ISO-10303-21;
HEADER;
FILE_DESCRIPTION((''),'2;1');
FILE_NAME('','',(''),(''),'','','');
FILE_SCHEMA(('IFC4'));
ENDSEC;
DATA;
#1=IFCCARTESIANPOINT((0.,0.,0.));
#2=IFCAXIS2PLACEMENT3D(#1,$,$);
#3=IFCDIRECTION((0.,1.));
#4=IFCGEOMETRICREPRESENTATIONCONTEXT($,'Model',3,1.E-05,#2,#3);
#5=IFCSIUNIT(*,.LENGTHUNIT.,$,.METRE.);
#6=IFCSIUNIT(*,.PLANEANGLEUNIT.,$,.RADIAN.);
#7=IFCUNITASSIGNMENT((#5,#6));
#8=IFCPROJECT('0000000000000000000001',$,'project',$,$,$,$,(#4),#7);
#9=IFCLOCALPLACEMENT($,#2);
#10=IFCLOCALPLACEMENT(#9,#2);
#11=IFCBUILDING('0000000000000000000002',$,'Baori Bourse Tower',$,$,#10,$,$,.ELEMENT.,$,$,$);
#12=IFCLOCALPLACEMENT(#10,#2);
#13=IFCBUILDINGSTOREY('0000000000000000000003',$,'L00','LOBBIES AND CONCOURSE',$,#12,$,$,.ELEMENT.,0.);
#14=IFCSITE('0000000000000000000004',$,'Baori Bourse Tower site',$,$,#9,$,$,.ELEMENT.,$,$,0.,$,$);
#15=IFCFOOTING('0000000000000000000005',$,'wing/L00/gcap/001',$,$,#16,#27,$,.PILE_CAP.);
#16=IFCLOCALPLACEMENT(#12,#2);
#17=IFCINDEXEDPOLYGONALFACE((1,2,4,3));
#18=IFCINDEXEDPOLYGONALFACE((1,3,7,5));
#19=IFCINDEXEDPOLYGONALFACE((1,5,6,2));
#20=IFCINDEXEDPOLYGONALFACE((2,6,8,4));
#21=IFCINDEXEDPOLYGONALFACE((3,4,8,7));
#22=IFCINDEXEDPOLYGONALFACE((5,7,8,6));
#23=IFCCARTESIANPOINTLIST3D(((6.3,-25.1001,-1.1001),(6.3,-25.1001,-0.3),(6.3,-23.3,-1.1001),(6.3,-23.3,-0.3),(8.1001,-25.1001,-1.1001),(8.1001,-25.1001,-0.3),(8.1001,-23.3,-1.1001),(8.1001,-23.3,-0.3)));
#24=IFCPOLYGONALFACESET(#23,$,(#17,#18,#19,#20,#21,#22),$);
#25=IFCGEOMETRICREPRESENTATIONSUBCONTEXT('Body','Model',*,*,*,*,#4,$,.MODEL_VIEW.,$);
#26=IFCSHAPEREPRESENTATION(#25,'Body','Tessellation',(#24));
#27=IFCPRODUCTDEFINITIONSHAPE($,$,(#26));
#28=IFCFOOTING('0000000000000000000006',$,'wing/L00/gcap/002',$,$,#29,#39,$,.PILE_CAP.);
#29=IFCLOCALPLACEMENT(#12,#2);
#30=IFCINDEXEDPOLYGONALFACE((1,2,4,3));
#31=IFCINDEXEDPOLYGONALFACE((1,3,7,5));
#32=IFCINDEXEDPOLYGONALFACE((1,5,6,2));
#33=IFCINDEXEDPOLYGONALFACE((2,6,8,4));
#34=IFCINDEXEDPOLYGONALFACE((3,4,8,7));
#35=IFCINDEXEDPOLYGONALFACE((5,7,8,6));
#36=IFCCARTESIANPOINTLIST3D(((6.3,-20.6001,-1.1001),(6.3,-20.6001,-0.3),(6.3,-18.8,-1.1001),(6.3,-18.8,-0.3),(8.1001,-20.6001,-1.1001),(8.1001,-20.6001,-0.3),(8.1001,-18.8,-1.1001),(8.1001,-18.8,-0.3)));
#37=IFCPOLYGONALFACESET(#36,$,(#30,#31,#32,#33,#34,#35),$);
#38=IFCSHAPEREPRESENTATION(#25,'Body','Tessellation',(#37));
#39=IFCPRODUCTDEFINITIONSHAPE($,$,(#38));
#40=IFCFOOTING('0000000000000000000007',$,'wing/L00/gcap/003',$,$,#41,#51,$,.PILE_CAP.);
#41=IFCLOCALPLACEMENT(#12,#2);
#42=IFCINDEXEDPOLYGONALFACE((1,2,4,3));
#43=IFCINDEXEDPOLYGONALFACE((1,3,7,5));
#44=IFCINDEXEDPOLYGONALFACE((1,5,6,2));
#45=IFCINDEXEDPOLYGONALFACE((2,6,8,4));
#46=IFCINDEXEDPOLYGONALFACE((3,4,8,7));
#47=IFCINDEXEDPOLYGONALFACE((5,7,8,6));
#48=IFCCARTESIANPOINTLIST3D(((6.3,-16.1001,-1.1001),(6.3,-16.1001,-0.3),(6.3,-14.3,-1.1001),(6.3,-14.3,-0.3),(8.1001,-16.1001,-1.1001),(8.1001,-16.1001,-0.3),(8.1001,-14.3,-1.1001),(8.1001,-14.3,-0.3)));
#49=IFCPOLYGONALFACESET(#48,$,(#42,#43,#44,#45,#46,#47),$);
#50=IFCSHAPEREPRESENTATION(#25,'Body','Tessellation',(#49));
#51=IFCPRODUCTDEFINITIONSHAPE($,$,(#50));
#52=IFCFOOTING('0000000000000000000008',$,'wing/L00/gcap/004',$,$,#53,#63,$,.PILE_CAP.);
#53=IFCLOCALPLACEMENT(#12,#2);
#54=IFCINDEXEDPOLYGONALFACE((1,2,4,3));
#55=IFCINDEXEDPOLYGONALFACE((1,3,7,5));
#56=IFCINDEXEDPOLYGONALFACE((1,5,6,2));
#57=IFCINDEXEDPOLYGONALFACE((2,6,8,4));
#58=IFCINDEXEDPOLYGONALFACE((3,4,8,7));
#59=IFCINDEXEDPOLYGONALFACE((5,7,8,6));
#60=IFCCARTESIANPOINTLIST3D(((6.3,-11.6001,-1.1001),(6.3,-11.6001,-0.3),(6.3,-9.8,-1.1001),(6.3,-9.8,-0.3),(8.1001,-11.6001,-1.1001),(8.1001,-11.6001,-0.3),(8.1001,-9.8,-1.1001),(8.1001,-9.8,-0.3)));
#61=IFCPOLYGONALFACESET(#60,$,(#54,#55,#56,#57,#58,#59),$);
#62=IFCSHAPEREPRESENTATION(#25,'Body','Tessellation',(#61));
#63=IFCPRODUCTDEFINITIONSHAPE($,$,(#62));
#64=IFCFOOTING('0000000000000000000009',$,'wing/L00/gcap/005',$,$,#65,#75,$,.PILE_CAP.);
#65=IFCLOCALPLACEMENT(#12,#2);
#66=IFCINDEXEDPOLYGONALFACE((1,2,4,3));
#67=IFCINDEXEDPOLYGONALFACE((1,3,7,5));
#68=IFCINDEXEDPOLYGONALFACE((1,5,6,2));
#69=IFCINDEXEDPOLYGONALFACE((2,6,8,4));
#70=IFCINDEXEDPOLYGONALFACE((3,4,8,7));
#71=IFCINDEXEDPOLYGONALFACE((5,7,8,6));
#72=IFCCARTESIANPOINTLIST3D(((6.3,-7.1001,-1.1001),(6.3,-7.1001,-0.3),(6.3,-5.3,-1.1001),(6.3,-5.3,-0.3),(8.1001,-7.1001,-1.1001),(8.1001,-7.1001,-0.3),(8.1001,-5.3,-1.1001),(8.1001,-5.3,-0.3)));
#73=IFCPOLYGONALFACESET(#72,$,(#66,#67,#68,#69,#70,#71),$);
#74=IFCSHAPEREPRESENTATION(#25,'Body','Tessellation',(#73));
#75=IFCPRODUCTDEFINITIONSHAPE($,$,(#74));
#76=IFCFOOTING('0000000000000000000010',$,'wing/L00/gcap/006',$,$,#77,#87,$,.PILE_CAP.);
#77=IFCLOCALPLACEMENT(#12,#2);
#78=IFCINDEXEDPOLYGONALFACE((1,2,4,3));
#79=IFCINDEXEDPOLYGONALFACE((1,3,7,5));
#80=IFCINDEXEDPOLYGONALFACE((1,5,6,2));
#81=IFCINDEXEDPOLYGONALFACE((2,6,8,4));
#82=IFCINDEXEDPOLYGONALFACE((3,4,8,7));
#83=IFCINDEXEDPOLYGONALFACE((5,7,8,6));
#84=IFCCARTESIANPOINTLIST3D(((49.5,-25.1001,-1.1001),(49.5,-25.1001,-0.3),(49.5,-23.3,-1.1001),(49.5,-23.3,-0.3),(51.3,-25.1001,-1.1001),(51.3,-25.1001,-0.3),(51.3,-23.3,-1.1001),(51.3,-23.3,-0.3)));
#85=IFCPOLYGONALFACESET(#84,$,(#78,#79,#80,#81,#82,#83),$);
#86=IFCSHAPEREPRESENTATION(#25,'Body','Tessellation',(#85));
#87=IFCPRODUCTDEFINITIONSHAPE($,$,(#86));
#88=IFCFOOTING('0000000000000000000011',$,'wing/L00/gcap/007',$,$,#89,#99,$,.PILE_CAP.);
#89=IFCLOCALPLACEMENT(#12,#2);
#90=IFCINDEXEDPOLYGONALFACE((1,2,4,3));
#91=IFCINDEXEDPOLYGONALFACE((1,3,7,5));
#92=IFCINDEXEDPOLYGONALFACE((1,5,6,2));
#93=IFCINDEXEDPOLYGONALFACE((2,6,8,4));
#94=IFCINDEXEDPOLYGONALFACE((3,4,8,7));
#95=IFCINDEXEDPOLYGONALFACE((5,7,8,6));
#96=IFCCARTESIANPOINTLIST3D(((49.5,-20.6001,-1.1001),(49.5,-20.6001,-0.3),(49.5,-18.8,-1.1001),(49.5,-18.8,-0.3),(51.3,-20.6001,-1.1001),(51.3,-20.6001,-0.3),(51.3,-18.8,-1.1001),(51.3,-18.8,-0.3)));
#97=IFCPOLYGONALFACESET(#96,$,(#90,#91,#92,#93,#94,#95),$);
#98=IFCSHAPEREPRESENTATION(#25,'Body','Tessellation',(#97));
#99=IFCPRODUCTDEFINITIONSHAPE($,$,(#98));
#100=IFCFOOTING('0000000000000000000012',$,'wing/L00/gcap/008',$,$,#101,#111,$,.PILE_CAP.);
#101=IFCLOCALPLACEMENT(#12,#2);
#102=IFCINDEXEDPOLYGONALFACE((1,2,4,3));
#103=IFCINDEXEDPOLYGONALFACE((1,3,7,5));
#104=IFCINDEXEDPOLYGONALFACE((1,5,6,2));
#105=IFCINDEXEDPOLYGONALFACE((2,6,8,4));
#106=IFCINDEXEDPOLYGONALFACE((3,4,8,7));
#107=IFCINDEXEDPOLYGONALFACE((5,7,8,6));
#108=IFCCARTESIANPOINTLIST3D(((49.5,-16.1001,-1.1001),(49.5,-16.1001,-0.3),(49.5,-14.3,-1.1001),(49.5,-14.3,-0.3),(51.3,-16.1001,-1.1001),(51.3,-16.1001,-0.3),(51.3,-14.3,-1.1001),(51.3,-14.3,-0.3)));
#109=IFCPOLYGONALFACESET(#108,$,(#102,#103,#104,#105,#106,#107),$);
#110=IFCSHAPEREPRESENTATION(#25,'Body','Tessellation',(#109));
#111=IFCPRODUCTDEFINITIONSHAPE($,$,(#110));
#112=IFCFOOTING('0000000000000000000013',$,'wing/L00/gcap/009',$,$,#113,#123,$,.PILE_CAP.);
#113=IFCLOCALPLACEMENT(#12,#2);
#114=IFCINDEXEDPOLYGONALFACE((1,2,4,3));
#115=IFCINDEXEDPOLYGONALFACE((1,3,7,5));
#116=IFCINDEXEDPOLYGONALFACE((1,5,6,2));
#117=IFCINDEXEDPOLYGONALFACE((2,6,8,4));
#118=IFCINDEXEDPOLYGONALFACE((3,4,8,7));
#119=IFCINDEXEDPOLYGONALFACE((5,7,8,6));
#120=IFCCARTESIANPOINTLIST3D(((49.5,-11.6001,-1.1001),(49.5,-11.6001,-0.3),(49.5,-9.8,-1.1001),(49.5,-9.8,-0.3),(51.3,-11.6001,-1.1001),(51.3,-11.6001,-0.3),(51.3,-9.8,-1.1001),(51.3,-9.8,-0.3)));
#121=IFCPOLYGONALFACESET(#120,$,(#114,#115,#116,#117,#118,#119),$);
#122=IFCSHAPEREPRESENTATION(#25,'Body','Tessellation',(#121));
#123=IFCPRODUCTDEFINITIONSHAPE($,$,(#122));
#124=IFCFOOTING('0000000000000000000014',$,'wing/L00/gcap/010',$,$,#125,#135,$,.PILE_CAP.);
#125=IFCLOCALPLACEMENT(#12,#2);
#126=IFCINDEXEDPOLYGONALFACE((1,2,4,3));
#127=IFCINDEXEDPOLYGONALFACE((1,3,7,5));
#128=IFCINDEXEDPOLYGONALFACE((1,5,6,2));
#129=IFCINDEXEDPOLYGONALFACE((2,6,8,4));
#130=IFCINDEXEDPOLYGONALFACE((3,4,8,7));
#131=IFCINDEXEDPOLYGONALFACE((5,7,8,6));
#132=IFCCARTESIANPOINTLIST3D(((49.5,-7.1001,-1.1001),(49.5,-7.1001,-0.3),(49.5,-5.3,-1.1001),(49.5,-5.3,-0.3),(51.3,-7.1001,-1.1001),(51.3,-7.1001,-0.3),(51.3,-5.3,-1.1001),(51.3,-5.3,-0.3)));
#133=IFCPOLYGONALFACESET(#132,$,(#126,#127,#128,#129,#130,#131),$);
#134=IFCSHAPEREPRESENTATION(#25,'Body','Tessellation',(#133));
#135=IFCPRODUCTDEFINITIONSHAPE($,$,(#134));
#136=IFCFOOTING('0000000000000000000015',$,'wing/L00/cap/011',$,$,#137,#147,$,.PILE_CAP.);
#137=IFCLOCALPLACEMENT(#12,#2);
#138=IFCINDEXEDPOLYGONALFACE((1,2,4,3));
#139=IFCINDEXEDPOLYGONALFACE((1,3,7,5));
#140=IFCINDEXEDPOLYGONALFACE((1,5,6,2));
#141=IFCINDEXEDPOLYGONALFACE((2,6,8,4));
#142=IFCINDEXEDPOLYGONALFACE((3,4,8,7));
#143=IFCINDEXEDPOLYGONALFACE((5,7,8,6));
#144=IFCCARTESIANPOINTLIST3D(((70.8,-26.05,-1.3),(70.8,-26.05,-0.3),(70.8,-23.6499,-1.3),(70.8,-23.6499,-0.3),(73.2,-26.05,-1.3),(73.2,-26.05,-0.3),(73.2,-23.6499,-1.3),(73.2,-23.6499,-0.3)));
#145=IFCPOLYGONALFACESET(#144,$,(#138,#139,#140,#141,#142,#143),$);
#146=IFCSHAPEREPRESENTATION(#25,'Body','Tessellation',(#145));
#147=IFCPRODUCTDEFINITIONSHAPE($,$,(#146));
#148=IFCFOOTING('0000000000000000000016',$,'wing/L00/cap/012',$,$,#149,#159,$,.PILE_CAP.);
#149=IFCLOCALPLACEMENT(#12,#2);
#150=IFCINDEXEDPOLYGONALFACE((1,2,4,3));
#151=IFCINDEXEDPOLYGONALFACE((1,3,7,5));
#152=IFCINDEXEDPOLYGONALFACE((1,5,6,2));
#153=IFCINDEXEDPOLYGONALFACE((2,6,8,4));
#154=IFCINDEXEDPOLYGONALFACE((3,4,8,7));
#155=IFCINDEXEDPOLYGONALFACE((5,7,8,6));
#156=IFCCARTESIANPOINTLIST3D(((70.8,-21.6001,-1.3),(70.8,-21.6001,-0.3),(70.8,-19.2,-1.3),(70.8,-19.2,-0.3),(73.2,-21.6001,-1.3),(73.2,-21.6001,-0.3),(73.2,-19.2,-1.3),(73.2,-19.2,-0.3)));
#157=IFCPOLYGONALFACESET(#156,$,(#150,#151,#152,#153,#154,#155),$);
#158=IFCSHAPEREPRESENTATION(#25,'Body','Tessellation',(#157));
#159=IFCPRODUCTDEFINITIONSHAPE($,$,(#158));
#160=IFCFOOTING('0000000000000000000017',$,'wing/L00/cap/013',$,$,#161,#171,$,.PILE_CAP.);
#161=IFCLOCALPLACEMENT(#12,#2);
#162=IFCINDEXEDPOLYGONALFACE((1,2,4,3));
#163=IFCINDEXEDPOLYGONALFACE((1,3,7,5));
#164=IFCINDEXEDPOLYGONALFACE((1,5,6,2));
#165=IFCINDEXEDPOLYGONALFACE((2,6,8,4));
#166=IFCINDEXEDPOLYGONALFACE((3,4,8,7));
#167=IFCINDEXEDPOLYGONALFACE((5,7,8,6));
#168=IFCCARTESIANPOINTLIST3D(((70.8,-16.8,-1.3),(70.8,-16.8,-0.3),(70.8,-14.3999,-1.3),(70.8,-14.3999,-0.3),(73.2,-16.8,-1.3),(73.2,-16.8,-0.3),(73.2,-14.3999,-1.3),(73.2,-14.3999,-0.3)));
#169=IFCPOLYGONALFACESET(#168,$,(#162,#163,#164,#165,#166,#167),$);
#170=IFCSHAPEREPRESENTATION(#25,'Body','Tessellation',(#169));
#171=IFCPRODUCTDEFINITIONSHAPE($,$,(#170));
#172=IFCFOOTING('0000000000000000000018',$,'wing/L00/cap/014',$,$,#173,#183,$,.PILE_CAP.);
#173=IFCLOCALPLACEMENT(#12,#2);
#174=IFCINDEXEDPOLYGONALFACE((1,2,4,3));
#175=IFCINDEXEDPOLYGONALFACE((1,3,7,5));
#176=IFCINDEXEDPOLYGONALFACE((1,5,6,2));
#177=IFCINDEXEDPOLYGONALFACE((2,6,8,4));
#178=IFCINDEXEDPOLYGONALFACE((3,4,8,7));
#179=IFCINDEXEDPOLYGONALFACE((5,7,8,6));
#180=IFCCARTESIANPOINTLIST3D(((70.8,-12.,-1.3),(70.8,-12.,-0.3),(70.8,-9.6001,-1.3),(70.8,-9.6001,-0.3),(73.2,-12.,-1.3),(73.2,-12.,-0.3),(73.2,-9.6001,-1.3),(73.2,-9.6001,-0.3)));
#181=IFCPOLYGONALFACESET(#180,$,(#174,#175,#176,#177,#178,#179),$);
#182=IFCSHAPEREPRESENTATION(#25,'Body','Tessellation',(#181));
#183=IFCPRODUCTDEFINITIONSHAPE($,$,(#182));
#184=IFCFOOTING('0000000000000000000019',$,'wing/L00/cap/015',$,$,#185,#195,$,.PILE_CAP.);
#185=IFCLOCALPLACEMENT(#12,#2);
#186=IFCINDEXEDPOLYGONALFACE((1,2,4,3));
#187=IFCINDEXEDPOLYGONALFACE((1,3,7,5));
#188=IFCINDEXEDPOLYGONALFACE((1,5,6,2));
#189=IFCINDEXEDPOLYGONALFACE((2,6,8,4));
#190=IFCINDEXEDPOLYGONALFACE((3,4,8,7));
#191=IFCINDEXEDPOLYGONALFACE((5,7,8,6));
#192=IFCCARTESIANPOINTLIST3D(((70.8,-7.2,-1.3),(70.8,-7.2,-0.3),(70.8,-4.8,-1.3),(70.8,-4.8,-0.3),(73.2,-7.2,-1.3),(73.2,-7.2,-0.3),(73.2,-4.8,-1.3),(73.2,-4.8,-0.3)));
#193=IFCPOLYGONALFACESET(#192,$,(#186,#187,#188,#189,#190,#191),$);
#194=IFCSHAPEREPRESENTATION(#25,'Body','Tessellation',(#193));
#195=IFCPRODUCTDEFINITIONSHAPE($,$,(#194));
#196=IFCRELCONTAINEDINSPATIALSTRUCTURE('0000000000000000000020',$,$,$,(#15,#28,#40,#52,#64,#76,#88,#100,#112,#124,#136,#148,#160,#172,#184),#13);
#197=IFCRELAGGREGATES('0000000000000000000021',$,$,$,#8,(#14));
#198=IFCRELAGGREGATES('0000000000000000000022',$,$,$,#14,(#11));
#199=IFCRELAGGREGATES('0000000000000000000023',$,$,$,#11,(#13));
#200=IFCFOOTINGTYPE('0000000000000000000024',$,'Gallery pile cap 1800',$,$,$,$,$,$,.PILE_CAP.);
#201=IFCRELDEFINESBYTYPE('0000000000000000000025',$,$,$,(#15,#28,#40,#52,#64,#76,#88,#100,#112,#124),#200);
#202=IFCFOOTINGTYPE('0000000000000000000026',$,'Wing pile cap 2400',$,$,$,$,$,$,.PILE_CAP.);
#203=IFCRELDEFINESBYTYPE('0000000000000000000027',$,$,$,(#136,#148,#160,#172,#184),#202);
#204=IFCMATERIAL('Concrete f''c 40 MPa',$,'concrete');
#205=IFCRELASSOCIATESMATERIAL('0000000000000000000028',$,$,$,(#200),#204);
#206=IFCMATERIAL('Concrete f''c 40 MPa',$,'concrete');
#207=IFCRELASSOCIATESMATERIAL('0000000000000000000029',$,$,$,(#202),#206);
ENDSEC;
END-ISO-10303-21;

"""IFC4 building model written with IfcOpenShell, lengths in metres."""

from ifc_helpers import new_model, si_unit, direction, frame, origin, place, context, subcontext, project, spatial, polyline, outline, extrude, material, type_object, element, save


model = new_model("IFC4")

# Units and contexts
model_context = context("Model", 3, precision=1e-05, world=origin(), true_north=direction((0.0, 1.0)))
body_context = subcontext(model_context, "Body", "Model", "MODEL_VIEW")
ifc_project = project(units=[si_unit("LENGTHUNIT", "METRE"), si_unit("PLANEANGLEUNIT", "RADIAN")], contexts=[model_context])

# Site, building, storey
site_placement = place(None, origin())
site = spatial("IfcSite", under=ifc_project, at=site_placement, Name="Baori Bourse Tower site", CompositionType="ELEMENT", RefElevation=0.0)
building_placement = place(site_placement, origin())
building = spatial("IfcBuilding", under=site, at=building_placement, Name="Baori Bourse Tower", CompositionType="ELEMENT")
storey_placement = place(building_placement, origin())
storey = spatial("IfcBuildingStorey", under=building, at=storey_placement, Name="L00", Description="LOBBIES AND CONCOURSE", CompositionType="ELEMENT", Elevation=0.0)

# Footings
ifc_material_1 = material(Name="Concrete f'c 40 MPa", Category="concrete")
footing_type_1 = type_object("IfcFootingType", Name="Gallery pile cap 1800", PredefinedType="PILE_CAP", material=ifc_material_1)
footing_1_placement = place(storey_placement, frame((0.0, 0.0, -1.1001)))
element("IfcFooting", 1, at=footing_1_placement, inside=storey, type_object=footing_type_1, Name="wing/L00/gcap/001", PredefinedType="PILE_CAP", context=body_context, shape_type="SweptSolid", body=[
    extrude(outline(polyline([(6.3, -25.1001), (8.1001, -25.1001), (8.1001, -23.3), (6.3, -23.3), (6.3, -25.1001)])), origin(), (0.0, 0.0, 1.0), 0.8),
])
footing_2_placement = place(storey_placement, frame((0.0, 0.0, -1.1001)))
element("IfcFooting", 2, at=footing_2_placement, inside=storey, type_object=footing_type_1, Name="wing/L00/gcap/002", PredefinedType="PILE_CAP", context=body_context, shape_type="SweptSolid", body=[
    extrude(outline(polyline([(6.3, -20.6001), (8.1001, -20.6001), (8.1001, -18.8), (6.3, -18.8), (6.3, -20.6001)])), origin(), (0.0, 0.0, 1.0), 0.8),
])
footing_3_placement = place(storey_placement, frame((0.0, 0.0, -1.1001)))
element("IfcFooting", 3, at=footing_3_placement, inside=storey, type_object=footing_type_1, Name="wing/L00/gcap/003", PredefinedType="PILE_CAP", context=body_context, shape_type="SweptSolid", body=[
    extrude(outline(polyline([(6.3, -16.1001), (8.1001, -16.1001), (8.1001, -14.3), (6.3, -14.3), (6.3, -16.1001)])), origin(), (0.0, 0.0, 1.0), 0.8),
])
footing_4_placement = place(storey_placement, frame((0.0, 0.0, -1.1001)))
element("IfcFooting", 4, at=footing_4_placement, inside=storey, type_object=footing_type_1, Name="wing/L00/gcap/004", PredefinedType="PILE_CAP", context=body_context, shape_type="SweptSolid", body=[
    extrude(outline(polyline([(6.3, -11.6001), (8.1001, -11.6001), (8.1001, -9.8), (6.3, -9.8), (6.3, -11.6001)])), origin(), (0.0, 0.0, 1.0), 0.8),
])
footing_5_placement = place(storey_placement, frame((0.0, 0.0, -1.1001)))
element("IfcFooting", 5, at=footing_5_placement, inside=storey, type_object=footing_type_1, Name="wing/L00/gcap/005", PredefinedType="PILE_CAP", context=body_context, shape_type="SweptSolid", body=[
    extrude(outline(polyline([(6.3, -7.1001), (8.1001, -7.1001), (8.1001, -5.3), (6.3, -5.3), (6.3, -7.1001)])), origin(), (0.0, 0.0, 1.0), 0.8),
])
footing_6_placement = place(storey_placement, frame((0.0, 0.0, -1.1001)))
element("IfcFooting", 6, at=footing_6_placement, inside=storey, type_object=footing_type_1, Name="wing/L00/gcap/006", PredefinedType="PILE_CAP", context=body_context, shape_type="SweptSolid", body=[
    extrude(outline(polyline([(49.5, -25.1001), (51.3, -25.1001), (51.3, -23.3), (49.5, -23.3), (49.5, -25.1001)])), origin(), (0.0, 0.0, 1.0), 0.8),
])
footing_7_placement = place(storey_placement, frame((0.0, 0.0, -1.1001)))
element("IfcFooting", 7, at=footing_7_placement, inside=storey, type_object=footing_type_1, Name="wing/L00/gcap/007", PredefinedType="PILE_CAP", context=body_context, shape_type="SweptSolid", body=[
    extrude(outline(polyline([(49.5, -20.6001), (51.3, -20.6001), (51.3, -18.8), (49.5, -18.8), (49.5, -20.6001)])), origin(), (0.0, 0.0, 1.0), 0.8),
])
footing_8_placement = place(storey_placement, frame((0.0, 0.0, -1.1001)))
element("IfcFooting", 8, at=footing_8_placement, inside=storey, type_object=footing_type_1, Name="wing/L00/gcap/008", PredefinedType="PILE_CAP", context=body_context, shape_type="SweptSolid", body=[
    extrude(outline(polyline([(49.5, -16.1001), (51.3, -16.1001), (51.3, -14.3), (49.5, -14.3), (49.5, -16.1001)])), origin(), (0.0, 0.0, 1.0), 0.8),
])
footing_9_placement = place(storey_placement, frame((0.0, 0.0, -1.1001)))
element("IfcFooting", 9, at=footing_9_placement, inside=storey, type_object=footing_type_1, Name="wing/L00/gcap/009", PredefinedType="PILE_CAP", context=body_context, shape_type="SweptSolid", body=[
    extrude(outline(polyline([(49.5, -11.6001), (51.3, -11.6001), (51.3, -9.8), (49.5, -9.8), (49.5, -11.6001)])), origin(), (0.0, 0.0, 1.0), 0.8),
])
footing_10_placement = place(storey_placement, frame((0.0, 0.0, -1.1001)))
element("IfcFooting", 10, at=footing_10_placement, inside=storey, type_object=footing_type_1, Name="wing/L00/gcap/010", PredefinedType="PILE_CAP", context=body_context, shape_type="SweptSolid", body=[
    extrude(outline(polyline([(49.5, -7.1001), (51.3, -7.1001), (51.3, -5.3), (49.5, -5.3), (49.5, -7.1001)])), origin(), (0.0, 0.0, 1.0), 0.8),
])
ifc_material_2 = material(Name="Concrete f'c 40 MPa", Category="concrete")
footing_type_2 = type_object("IfcFootingType", Name="Wing pile cap 2400", PredefinedType="PILE_CAP", material=ifc_material_2)
footing_11_placement = place(storey_placement, frame((0.0, 0.0, -1.3)))
element("IfcFooting", 11, at=footing_11_placement, inside=storey, type_object=footing_type_2, Name="wing/L00/cap/011", PredefinedType="PILE_CAP", context=body_context, shape_type="SweptSolid", body=[
    extrude(outline(polyline([(70.8, -26.05), (73.2, -26.05), (73.2, -23.6499), (70.8, -23.6499), (70.8, -26.05)])), origin(), (0.0, 0.0, 1.0), 1.0),
])
footing_12_placement = place(storey_placement, frame((0.0, 0.0, -1.3)))
element("IfcFooting", 12, at=footing_12_placement, inside=storey, type_object=footing_type_2, Name="wing/L00/cap/012", PredefinedType="PILE_CAP", context=body_context, shape_type="SweptSolid", body=[
    extrude(outline(polyline([(70.8, -21.6001), (73.2, -21.6001), (73.2, -19.2), (70.8, -19.2), (70.8, -21.6001)])), origin(), (0.0, 0.0, 1.0), 1.0),
])
footing_13_placement = place(storey_placement, frame((0.0, 0.0, -1.3)))
element("IfcFooting", 13, at=footing_13_placement, inside=storey, type_object=footing_type_2, Name="wing/L00/cap/013", PredefinedType="PILE_CAP", context=body_context, shape_type="SweptSolid", body=[
    extrude(outline(polyline([(70.8, -16.8), (73.2, -16.8), (73.2, -14.3999), (70.8, -14.3999), (70.8, -16.8)])), origin(), (0.0, 0.0, 1.0), 1.0),
])
footing_14_placement = place(storey_placement, frame((0.0, 0.0, -1.3)))
element("IfcFooting", 14, at=footing_14_placement, inside=storey, type_object=footing_type_2, Name="wing/L00/cap/014", PredefinedType="PILE_CAP", context=body_context, shape_type="SweptSolid", body=[
    extrude(outline(polyline([(70.8, -12.0), (73.2, -12.0), (73.2, -9.6001), (70.8, -9.6001), (70.8, -12.0)])), origin(), (0.0, 0.0, 1.0), 1.0),
])
footing_15_placement = place(storey_placement, frame((0.0, 0.0, -1.3)))
element("IfcFooting", 15, at=footing_15_placement, inside=storey, type_object=footing_type_2, Name="wing/L00/cap/015", PredefinedType="PILE_CAP", context=body_context, shape_type="SweptSolid", body=[
    extrude(outline(polyline([(70.8, -7.2), (73.2, -7.2), (73.2, -4.8), (70.8, -4.8), (70.8, -7.2)])), origin(), (0.0, 0.0, 1.0), 1.0),
])

save(model, "model.ifc")
